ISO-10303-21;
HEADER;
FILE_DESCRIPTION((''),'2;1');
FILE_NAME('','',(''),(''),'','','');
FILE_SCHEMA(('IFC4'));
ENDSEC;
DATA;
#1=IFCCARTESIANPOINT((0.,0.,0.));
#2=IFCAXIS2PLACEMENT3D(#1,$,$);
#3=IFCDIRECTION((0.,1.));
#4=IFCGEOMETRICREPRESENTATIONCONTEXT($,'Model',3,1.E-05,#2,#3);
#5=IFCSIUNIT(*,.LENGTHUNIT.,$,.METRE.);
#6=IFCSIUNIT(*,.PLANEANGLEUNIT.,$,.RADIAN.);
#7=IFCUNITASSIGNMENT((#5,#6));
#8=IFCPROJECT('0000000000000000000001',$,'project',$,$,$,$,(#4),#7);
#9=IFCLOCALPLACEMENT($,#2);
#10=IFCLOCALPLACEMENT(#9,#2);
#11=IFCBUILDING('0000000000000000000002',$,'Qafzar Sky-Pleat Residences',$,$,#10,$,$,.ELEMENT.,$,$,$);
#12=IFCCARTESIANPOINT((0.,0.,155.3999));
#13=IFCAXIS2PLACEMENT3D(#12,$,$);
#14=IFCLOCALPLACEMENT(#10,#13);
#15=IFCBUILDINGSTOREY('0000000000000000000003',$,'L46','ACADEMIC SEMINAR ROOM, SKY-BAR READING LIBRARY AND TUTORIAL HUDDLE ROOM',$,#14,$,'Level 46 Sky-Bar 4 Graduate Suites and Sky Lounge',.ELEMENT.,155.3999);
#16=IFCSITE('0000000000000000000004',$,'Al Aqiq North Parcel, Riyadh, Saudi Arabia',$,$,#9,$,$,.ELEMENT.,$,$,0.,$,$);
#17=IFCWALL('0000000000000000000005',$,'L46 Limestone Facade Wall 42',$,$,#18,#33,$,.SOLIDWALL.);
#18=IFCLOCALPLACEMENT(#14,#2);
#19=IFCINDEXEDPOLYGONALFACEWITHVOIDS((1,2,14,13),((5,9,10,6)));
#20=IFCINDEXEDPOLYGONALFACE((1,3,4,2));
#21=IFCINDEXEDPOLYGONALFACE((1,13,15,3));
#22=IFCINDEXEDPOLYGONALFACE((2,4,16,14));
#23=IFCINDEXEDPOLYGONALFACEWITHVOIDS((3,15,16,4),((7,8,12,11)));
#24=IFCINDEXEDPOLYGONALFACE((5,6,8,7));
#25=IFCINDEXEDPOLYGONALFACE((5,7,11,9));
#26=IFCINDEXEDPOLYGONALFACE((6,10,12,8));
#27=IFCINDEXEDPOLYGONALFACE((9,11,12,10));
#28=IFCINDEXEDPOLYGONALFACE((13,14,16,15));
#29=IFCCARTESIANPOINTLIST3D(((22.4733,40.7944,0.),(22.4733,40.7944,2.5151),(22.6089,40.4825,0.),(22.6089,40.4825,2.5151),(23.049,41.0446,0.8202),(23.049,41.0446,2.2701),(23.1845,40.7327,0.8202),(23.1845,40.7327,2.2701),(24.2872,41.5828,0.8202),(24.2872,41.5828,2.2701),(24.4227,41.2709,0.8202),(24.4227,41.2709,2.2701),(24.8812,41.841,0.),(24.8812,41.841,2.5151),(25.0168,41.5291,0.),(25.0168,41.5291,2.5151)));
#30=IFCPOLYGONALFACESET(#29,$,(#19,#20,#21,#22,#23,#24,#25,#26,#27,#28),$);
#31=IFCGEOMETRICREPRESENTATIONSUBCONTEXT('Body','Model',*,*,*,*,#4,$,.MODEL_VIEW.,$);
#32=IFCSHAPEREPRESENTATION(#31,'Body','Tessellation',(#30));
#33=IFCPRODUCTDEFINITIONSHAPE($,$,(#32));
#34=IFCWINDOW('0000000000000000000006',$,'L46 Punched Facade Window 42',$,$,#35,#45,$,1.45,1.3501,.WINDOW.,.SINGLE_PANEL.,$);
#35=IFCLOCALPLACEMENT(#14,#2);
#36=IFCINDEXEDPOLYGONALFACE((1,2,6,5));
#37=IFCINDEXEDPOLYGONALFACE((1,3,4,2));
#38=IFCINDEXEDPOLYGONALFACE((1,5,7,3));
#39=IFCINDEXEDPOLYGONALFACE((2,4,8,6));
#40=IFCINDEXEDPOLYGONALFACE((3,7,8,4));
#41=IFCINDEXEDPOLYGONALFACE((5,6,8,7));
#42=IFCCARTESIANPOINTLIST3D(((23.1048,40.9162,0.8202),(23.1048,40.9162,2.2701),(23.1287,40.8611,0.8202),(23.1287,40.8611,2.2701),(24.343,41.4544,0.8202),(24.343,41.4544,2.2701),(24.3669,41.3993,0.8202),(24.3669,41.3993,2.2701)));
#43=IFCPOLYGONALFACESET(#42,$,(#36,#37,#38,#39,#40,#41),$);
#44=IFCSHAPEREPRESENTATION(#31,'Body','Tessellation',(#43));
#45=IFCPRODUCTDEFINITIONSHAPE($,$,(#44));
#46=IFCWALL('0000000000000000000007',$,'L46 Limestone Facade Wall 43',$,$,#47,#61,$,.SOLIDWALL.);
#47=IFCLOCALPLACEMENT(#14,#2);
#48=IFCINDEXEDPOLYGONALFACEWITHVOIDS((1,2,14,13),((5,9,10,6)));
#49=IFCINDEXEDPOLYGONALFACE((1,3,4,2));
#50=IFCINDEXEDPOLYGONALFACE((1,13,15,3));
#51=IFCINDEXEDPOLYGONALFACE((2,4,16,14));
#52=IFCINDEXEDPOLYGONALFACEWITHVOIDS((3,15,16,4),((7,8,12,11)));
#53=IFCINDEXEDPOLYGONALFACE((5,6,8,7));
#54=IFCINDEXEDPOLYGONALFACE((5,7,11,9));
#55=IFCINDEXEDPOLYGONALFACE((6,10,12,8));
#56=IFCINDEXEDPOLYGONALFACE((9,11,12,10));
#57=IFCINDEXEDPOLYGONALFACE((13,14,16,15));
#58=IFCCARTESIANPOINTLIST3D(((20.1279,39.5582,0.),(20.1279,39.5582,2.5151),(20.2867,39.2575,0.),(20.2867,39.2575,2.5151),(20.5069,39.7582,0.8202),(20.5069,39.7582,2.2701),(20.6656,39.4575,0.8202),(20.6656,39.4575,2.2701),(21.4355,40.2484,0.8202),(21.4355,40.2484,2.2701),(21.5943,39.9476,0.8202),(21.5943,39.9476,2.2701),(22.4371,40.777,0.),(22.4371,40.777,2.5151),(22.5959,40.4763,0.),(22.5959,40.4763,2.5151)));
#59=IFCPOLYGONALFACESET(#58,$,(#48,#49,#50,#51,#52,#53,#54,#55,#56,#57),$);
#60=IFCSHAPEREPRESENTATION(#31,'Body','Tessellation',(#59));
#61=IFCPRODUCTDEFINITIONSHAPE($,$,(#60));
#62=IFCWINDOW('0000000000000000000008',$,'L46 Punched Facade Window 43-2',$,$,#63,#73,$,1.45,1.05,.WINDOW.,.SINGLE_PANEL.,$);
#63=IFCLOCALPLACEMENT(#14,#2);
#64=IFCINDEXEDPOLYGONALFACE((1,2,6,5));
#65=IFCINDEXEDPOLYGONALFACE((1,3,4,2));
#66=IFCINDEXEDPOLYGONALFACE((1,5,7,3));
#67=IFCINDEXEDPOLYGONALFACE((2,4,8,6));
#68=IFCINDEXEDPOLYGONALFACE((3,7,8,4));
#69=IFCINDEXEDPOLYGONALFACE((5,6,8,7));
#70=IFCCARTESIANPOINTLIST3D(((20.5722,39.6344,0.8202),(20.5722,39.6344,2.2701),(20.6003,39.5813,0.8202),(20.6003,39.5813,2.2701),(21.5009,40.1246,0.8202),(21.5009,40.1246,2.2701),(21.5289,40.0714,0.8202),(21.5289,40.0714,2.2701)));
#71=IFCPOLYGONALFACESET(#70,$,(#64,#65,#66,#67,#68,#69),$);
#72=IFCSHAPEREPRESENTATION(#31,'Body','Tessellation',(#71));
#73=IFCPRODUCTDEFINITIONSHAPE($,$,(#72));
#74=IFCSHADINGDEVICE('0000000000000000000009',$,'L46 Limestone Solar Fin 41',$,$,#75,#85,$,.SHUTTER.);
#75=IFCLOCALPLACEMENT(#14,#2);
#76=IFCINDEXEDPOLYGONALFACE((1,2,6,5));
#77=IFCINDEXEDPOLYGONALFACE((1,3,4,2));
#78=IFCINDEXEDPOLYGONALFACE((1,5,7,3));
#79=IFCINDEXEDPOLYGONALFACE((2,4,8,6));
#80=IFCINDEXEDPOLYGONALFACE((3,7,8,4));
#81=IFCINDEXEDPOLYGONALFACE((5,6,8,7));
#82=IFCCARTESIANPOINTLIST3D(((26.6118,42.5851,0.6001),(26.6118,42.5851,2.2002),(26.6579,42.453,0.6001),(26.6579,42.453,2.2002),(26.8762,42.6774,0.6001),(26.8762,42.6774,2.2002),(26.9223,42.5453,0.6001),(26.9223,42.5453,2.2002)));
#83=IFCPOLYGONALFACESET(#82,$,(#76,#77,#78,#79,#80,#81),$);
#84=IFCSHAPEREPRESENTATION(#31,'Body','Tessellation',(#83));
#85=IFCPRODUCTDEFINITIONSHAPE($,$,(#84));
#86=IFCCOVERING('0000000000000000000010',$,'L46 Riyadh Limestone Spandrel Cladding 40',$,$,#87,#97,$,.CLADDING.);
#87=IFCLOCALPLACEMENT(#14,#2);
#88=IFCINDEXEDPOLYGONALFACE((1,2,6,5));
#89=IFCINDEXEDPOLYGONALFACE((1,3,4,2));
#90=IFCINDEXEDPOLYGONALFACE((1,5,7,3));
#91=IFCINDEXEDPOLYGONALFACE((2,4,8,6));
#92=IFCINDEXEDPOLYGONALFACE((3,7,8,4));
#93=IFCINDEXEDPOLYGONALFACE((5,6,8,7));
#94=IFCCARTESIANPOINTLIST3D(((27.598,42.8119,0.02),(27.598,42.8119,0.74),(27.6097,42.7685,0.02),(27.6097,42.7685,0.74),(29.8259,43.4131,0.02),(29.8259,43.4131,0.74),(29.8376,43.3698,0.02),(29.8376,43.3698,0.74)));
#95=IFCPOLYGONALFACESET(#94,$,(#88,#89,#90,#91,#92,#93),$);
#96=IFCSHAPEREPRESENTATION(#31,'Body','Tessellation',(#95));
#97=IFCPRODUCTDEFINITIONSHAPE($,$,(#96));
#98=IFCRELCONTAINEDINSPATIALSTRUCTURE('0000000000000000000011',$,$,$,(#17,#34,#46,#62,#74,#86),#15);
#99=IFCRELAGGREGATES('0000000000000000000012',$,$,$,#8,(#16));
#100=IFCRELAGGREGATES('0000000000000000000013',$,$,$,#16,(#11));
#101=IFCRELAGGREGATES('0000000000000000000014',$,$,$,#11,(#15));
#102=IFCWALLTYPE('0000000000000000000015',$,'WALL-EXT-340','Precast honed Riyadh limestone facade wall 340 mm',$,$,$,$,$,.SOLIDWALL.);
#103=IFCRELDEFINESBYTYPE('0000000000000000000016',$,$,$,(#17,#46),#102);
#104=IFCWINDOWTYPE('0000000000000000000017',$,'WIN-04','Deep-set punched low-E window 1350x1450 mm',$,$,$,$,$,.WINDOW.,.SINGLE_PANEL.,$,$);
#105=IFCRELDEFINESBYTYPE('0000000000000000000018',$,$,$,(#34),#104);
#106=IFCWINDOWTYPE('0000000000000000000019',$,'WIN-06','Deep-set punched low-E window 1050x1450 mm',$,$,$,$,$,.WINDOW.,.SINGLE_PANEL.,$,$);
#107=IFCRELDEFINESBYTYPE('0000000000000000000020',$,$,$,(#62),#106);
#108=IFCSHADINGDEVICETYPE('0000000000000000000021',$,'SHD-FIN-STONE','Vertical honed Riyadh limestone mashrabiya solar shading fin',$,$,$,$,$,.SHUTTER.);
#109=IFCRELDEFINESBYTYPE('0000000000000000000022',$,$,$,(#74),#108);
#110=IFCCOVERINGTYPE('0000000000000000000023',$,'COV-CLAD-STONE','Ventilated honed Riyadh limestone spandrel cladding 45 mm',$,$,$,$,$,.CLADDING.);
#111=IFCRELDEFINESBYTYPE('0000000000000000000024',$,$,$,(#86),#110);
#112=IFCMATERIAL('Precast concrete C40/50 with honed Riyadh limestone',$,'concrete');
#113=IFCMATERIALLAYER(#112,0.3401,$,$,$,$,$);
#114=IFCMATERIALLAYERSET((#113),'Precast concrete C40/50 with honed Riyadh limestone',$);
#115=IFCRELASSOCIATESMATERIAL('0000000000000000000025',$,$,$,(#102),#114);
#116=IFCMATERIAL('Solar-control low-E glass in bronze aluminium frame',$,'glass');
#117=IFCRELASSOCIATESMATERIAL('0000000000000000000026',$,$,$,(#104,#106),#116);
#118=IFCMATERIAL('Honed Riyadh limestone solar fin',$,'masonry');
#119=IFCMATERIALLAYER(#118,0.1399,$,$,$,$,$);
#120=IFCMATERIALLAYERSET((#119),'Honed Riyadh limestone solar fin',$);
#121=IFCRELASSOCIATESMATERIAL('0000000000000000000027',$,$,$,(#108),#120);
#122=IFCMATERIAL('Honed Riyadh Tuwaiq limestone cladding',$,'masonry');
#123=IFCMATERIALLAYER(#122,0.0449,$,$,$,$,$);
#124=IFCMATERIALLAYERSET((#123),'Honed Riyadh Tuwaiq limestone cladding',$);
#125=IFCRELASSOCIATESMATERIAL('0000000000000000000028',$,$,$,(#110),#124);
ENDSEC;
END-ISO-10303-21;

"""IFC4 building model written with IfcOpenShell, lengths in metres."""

from ifc_helpers import new_model, si_unit, direction, frame, frame_2d, origin, origin_2d, place, context, subcontext, project, spatial, rectangle, extrude, source, transform, mapped, material, layer, layer_set, type_object, element, fill, save


model = new_model("IFC4")

# Units and contexts
model_context = context("Model", 3, precision=1e-05, world=origin(), true_north=direction((0.0, 1.0)))
body_context = subcontext(model_context, "Body", "Model", "MODEL_VIEW")
ifc_project = project(units=[si_unit("LENGTHUNIT", "METRE"), si_unit("PLANEANGLEUNIT", "RADIAN")], contexts=[model_context])

# Site, building, storey
site_placement = place(None, origin())
site = spatial("IfcSite", under=ifc_project, at=site_placement, Name="Al Aqiq North Parcel, Riyadh, Saudi Arabia", CompositionType="ELEMENT", RefElevation=0.0)
building_placement = place(site_placement, origin())
building = spatial("IfcBuilding", under=site, at=building_placement, Name="Qafzar Sky-Pleat Residences", CompositionType="ELEMENT")
storey_placement = place(building_placement, frame((0.0, 0.0, 155.3999)))
storey = spatial("IfcBuildingStorey", under=building, at=storey_placement, Name="L46", Description="ACADEMIC SEMINAR ROOM, SKY-BAR READING LIBRARY AND TUTORIAL HUDDLE ROOM", LongName="Level 46 Sky-Bar 4 Graduate Suites and Sky Lounge", CompositionType="ELEMENT", Elevation=155.3999)

# Shared definitions
ifc_material_1 = material(Name="Precast concrete C40/50 with honed Riyadh limestone", Category="concrete")
ifc_layer_1 = layer(ifc_material_1, 0.3401)
ifc_layer_set_1 = layer_set([ifc_layer_1], Name="Precast concrete C40/50 with honed Riyadh limestone")
wall_type_1 = type_object("IfcWallType", Name="WALL-EXT-340", Description="Precast honed Riyadh limestone facade wall 340 mm", PredefinedType="SOLIDWALL", material=ifc_layer_set_1)

# Walls, openings, windows
ifc_material_2 = material(Name="Solar-control low-E glass in bronze aluminium frame", Category="glass")
wall_1_placement = place(storey_placement, frame((24.949, 41.6851, 0.0), z_axis=(0.0, 0.0, 1.0), x_axis=(-0.917113, -0.398628, 0.0)))
wall_1 = element("IfcWall", 1, at=wall_1_placement, inside=storey, type_object=wall_type_1, Name="L46 Limestone Facade Wall 42", PredefinedType="SOLIDWALL", context=body_context, shape_type="SweptSolid", body=[
    extrude(rectangle(XDim=2.6255, YDim=0.3401, at=frame_2d((1.3127, 0.0))), origin(), (0.0, 0.0, 1.0), 2.5151),
])
opening_1_placement = place(wall_1_placement, frame((0.6477, 0.0, 0.8201)))
opening_1 = element("IfcOpeningElement", 2, at=opening_1_placement, cuts=wall_1, PredefinedType="OPENING", context=body_context, shape_type="SweptSolid", body=[
    extrude(rectangle(XDim=1.3501, YDim=1.45, at=frame_2d((0.675, 0.7251))), frame((0.0, 0.1802, 0.0), z_axis=(0.0, -1.0, 0.0), x_axis=(1.0, 0.0, 0.0)), (0.0, 0.0, 1.0), 0.3601),
])
window_type_1 = type_object("IfcWindowType", Name="WIN-04", Description="Deep-set punched low-E window 1350x1450 mm", PartitioningType="SINGLE_PANEL", PredefinedType="WINDOW", material=ifc_material_2)
shared_shape_1 = source(origin(), body_context, "Body", "SweptSolid", [
    extrude(rectangle(XDim=1.3501, YDim=1.45, at=frame_2d((0.675, 0.7251))), frame((0.0, 0.03, 0.0), z_axis=(0.0, -1.0, 0.0), x_axis=(1.0, 0.0, 0.0)), (0.0, 0.0, 1.0), 0.0601),
])
window_1_placement = place(opening_1_placement, origin())
window_1 = element("IfcWindow", 3, at=window_1_placement, inside=storey, type_object=window_type_1, Name="L46 Punched Facade Window 42", OverallHeight=1.45, OverallWidth=1.3501, PartitioningType="SINGLE_PANEL", PredefinedType="WINDOW", context=body_context, shape_type="MappedRepresentation", body=[
    mapped(shared_shape_1, transform((0.0, 0.0, 0.0), x_axis=(1.0, 0.0, 0.0), y_axis=(0.0, 1.0, 0.0), z_axis=(0.0, 0.0, 1.0), scale=1.0)),
])
fill(opening_1, window_1)
wall_2_placement = place(storey_placement, frame((22.5166, 40.6267, 0.0), z_axis=(0.0, 0.0, 1.0), x_axis=(-0.884374, -0.466779, 0.0)))
wall_2 = element("IfcWall", 4, at=wall_2_placement, inside=storey, type_object=wall_type_1, Name="L46 Limestone Facade Wall 43", PredefinedType="SOLIDWALL", context=body_context, shape_type="SweptSolid", body=[
    extrude(rectangle(XDim=2.6111, YDim=0.3401, at=frame_2d((1.3057, 0.0))), origin(), (0.0, 0.0, 1.0), 2.5151),
])
opening_2_placement = place(wall_2_placement, frame((1.1328, 0.0, 0.8201)))
opening_2 = element("IfcOpeningElement", 5, at=opening_2_placement, cuts=wall_2, PredefinedType="OPENING", context=body_context, shape_type="SweptSolid", body=[
    extrude(rectangle(XDim=1.05, YDim=1.45, at=frame_2d((0.5249, 0.7251))), frame((0.0, 0.1802, 0.0), z_axis=(0.0, -1.0, 0.0), x_axis=(1.0, 0.0, 0.0)), (0.0, 0.0, 1.0), 0.3601),
])
window_type_2 = type_object("IfcWindowType", Name="WIN-06", Description="Deep-set punched low-E window 1050x1450 mm", PartitioningType="SINGLE_PANEL", PredefinedType="WINDOW", material=ifc_material_2)
shared_shape_2 = source(origin(), body_context, "Body", "SweptSolid", [
    extrude(rectangle(XDim=1.05, YDim=1.45, at=frame_2d((0.5249, 0.7251))), frame((0.0, 0.03, 0.0), z_axis=(0.0, -1.0, 0.0), x_axis=(1.0, 0.0, 0.0)), (0.0, 0.0, 1.0), 0.0601),
])
window_2_placement = place(opening_2_placement, origin())
window_2 = element("IfcWindow", 6, at=window_2_placement, inside=storey, type_object=window_type_2, Name="L46 Punched Facade Window 43-2", OverallHeight=1.45, OverallWidth=1.05, PartitioningType="SINGLE_PANEL", PredefinedType="WINDOW", context=body_context, shape_type="MappedRepresentation", body=[
    mapped(shared_shape_2, transform((0.0, 0.0, 0.0), x_axis=(1.0, 0.0, 0.0), y_axis=(0.0, 1.0, 0.0), z_axis=(0.0, 0.0, 1.0), scale=1.0)),
])
fill(opening_2, window_2)

# Shading device
ifc_material_3 = material(Name="Honed Riyadh limestone solar fin", Category="masonry")
ifc_layer_2 = layer(ifc_material_3, 0.1399)
ifc_layer_set_2 = layer_set([ifc_layer_2], Name="Honed Riyadh limestone solar fin")
shading_device_type = type_object("IfcShadingDeviceType", Name="SHD-FIN-STONE", Description="Vertical honed Riyadh limestone mashrabiya solar shading fin", PredefinedType="SHUTTER", material=ifc_layer_set_2)
shared_shape_3 = source(origin(), body_context, "Body", "SweptSolid", [
    extrude(rectangle(XDim=0.1399, YDim=0.28, at=origin_2d()), origin(), (0.0, 0.0, 1.0), 1.6001),
])
shading_device_placement = place(storey_placement, frame((26.7671, 42.5652, 0.6001), z_axis=(0.0, 0.0, 1.0), x_axis=(-0.329563, 0.944134, 0.0)))
element("IfcShadingDevice", 7, at=shading_device_placement, inside=storey, type_object=shading_device_type, Name="L46 Limestone Solar Fin 41", PredefinedType="SHUTTER", context=body_context, shape_type="MappedRepresentation", body=[
    mapped(shared_shape_3, transform((0.0, 0.0, 0.0), x_axis=(1.0, 0.0, 0.0), y_axis=(0.0, 1.0, 0.0), z_axis=(0.0, 0.0, 1.0), scale=1.0)),
])

# Covering
ifc_material_4 = material(Name="Honed Riyadh Tuwaiq limestone cladding", Category="masonry")
ifc_layer_3 = layer(ifc_material_4, 0.0449)
ifc_layer_set_3 = layer_set([ifc_layer_3], Name="Honed Riyadh Tuwaiq limestone cladding")
covering_type = type_object("IfcCoveringType", Name="COV-CLAD-STONE", Description="Ventilated honed Riyadh limestone spandrel cladding 45 mm", PredefinedType="CLADDING", material=ifc_layer_set_3)
shared_shape_4 = source(origin(), body_context, "Body", "SweptSolid", [
    extrude(rectangle(XDim=2.3076, YDim=0.0449, at=origin_2d()), origin(), (0.0, 0.0, 1.0), 0.72),
])
covering_placement = place(storey_placement, frame((28.7178, 43.0908, 0.02), z_axis=(0.0, 0.0, 1.0), x_axis=(-0.965457, -0.260562, 0.0)))
element("IfcCovering", 8, at=covering_placement, inside=storey, type_object=covering_type, Name="L46 Riyadh Limestone Spandrel Cladding 40", PredefinedType="CLADDING", context=body_context, shape_type="MappedRepresentation", body=[
    mapped(shared_shape_4, transform((0.0, 0.0, 0.0), x_axis=(1.0, 0.0, 0.0), y_axis=(0.0, 1.0, 0.0), z_axis=(0.0, 0.0, 1.0), scale=1.0)),
])

save(model, "model.ifc")
